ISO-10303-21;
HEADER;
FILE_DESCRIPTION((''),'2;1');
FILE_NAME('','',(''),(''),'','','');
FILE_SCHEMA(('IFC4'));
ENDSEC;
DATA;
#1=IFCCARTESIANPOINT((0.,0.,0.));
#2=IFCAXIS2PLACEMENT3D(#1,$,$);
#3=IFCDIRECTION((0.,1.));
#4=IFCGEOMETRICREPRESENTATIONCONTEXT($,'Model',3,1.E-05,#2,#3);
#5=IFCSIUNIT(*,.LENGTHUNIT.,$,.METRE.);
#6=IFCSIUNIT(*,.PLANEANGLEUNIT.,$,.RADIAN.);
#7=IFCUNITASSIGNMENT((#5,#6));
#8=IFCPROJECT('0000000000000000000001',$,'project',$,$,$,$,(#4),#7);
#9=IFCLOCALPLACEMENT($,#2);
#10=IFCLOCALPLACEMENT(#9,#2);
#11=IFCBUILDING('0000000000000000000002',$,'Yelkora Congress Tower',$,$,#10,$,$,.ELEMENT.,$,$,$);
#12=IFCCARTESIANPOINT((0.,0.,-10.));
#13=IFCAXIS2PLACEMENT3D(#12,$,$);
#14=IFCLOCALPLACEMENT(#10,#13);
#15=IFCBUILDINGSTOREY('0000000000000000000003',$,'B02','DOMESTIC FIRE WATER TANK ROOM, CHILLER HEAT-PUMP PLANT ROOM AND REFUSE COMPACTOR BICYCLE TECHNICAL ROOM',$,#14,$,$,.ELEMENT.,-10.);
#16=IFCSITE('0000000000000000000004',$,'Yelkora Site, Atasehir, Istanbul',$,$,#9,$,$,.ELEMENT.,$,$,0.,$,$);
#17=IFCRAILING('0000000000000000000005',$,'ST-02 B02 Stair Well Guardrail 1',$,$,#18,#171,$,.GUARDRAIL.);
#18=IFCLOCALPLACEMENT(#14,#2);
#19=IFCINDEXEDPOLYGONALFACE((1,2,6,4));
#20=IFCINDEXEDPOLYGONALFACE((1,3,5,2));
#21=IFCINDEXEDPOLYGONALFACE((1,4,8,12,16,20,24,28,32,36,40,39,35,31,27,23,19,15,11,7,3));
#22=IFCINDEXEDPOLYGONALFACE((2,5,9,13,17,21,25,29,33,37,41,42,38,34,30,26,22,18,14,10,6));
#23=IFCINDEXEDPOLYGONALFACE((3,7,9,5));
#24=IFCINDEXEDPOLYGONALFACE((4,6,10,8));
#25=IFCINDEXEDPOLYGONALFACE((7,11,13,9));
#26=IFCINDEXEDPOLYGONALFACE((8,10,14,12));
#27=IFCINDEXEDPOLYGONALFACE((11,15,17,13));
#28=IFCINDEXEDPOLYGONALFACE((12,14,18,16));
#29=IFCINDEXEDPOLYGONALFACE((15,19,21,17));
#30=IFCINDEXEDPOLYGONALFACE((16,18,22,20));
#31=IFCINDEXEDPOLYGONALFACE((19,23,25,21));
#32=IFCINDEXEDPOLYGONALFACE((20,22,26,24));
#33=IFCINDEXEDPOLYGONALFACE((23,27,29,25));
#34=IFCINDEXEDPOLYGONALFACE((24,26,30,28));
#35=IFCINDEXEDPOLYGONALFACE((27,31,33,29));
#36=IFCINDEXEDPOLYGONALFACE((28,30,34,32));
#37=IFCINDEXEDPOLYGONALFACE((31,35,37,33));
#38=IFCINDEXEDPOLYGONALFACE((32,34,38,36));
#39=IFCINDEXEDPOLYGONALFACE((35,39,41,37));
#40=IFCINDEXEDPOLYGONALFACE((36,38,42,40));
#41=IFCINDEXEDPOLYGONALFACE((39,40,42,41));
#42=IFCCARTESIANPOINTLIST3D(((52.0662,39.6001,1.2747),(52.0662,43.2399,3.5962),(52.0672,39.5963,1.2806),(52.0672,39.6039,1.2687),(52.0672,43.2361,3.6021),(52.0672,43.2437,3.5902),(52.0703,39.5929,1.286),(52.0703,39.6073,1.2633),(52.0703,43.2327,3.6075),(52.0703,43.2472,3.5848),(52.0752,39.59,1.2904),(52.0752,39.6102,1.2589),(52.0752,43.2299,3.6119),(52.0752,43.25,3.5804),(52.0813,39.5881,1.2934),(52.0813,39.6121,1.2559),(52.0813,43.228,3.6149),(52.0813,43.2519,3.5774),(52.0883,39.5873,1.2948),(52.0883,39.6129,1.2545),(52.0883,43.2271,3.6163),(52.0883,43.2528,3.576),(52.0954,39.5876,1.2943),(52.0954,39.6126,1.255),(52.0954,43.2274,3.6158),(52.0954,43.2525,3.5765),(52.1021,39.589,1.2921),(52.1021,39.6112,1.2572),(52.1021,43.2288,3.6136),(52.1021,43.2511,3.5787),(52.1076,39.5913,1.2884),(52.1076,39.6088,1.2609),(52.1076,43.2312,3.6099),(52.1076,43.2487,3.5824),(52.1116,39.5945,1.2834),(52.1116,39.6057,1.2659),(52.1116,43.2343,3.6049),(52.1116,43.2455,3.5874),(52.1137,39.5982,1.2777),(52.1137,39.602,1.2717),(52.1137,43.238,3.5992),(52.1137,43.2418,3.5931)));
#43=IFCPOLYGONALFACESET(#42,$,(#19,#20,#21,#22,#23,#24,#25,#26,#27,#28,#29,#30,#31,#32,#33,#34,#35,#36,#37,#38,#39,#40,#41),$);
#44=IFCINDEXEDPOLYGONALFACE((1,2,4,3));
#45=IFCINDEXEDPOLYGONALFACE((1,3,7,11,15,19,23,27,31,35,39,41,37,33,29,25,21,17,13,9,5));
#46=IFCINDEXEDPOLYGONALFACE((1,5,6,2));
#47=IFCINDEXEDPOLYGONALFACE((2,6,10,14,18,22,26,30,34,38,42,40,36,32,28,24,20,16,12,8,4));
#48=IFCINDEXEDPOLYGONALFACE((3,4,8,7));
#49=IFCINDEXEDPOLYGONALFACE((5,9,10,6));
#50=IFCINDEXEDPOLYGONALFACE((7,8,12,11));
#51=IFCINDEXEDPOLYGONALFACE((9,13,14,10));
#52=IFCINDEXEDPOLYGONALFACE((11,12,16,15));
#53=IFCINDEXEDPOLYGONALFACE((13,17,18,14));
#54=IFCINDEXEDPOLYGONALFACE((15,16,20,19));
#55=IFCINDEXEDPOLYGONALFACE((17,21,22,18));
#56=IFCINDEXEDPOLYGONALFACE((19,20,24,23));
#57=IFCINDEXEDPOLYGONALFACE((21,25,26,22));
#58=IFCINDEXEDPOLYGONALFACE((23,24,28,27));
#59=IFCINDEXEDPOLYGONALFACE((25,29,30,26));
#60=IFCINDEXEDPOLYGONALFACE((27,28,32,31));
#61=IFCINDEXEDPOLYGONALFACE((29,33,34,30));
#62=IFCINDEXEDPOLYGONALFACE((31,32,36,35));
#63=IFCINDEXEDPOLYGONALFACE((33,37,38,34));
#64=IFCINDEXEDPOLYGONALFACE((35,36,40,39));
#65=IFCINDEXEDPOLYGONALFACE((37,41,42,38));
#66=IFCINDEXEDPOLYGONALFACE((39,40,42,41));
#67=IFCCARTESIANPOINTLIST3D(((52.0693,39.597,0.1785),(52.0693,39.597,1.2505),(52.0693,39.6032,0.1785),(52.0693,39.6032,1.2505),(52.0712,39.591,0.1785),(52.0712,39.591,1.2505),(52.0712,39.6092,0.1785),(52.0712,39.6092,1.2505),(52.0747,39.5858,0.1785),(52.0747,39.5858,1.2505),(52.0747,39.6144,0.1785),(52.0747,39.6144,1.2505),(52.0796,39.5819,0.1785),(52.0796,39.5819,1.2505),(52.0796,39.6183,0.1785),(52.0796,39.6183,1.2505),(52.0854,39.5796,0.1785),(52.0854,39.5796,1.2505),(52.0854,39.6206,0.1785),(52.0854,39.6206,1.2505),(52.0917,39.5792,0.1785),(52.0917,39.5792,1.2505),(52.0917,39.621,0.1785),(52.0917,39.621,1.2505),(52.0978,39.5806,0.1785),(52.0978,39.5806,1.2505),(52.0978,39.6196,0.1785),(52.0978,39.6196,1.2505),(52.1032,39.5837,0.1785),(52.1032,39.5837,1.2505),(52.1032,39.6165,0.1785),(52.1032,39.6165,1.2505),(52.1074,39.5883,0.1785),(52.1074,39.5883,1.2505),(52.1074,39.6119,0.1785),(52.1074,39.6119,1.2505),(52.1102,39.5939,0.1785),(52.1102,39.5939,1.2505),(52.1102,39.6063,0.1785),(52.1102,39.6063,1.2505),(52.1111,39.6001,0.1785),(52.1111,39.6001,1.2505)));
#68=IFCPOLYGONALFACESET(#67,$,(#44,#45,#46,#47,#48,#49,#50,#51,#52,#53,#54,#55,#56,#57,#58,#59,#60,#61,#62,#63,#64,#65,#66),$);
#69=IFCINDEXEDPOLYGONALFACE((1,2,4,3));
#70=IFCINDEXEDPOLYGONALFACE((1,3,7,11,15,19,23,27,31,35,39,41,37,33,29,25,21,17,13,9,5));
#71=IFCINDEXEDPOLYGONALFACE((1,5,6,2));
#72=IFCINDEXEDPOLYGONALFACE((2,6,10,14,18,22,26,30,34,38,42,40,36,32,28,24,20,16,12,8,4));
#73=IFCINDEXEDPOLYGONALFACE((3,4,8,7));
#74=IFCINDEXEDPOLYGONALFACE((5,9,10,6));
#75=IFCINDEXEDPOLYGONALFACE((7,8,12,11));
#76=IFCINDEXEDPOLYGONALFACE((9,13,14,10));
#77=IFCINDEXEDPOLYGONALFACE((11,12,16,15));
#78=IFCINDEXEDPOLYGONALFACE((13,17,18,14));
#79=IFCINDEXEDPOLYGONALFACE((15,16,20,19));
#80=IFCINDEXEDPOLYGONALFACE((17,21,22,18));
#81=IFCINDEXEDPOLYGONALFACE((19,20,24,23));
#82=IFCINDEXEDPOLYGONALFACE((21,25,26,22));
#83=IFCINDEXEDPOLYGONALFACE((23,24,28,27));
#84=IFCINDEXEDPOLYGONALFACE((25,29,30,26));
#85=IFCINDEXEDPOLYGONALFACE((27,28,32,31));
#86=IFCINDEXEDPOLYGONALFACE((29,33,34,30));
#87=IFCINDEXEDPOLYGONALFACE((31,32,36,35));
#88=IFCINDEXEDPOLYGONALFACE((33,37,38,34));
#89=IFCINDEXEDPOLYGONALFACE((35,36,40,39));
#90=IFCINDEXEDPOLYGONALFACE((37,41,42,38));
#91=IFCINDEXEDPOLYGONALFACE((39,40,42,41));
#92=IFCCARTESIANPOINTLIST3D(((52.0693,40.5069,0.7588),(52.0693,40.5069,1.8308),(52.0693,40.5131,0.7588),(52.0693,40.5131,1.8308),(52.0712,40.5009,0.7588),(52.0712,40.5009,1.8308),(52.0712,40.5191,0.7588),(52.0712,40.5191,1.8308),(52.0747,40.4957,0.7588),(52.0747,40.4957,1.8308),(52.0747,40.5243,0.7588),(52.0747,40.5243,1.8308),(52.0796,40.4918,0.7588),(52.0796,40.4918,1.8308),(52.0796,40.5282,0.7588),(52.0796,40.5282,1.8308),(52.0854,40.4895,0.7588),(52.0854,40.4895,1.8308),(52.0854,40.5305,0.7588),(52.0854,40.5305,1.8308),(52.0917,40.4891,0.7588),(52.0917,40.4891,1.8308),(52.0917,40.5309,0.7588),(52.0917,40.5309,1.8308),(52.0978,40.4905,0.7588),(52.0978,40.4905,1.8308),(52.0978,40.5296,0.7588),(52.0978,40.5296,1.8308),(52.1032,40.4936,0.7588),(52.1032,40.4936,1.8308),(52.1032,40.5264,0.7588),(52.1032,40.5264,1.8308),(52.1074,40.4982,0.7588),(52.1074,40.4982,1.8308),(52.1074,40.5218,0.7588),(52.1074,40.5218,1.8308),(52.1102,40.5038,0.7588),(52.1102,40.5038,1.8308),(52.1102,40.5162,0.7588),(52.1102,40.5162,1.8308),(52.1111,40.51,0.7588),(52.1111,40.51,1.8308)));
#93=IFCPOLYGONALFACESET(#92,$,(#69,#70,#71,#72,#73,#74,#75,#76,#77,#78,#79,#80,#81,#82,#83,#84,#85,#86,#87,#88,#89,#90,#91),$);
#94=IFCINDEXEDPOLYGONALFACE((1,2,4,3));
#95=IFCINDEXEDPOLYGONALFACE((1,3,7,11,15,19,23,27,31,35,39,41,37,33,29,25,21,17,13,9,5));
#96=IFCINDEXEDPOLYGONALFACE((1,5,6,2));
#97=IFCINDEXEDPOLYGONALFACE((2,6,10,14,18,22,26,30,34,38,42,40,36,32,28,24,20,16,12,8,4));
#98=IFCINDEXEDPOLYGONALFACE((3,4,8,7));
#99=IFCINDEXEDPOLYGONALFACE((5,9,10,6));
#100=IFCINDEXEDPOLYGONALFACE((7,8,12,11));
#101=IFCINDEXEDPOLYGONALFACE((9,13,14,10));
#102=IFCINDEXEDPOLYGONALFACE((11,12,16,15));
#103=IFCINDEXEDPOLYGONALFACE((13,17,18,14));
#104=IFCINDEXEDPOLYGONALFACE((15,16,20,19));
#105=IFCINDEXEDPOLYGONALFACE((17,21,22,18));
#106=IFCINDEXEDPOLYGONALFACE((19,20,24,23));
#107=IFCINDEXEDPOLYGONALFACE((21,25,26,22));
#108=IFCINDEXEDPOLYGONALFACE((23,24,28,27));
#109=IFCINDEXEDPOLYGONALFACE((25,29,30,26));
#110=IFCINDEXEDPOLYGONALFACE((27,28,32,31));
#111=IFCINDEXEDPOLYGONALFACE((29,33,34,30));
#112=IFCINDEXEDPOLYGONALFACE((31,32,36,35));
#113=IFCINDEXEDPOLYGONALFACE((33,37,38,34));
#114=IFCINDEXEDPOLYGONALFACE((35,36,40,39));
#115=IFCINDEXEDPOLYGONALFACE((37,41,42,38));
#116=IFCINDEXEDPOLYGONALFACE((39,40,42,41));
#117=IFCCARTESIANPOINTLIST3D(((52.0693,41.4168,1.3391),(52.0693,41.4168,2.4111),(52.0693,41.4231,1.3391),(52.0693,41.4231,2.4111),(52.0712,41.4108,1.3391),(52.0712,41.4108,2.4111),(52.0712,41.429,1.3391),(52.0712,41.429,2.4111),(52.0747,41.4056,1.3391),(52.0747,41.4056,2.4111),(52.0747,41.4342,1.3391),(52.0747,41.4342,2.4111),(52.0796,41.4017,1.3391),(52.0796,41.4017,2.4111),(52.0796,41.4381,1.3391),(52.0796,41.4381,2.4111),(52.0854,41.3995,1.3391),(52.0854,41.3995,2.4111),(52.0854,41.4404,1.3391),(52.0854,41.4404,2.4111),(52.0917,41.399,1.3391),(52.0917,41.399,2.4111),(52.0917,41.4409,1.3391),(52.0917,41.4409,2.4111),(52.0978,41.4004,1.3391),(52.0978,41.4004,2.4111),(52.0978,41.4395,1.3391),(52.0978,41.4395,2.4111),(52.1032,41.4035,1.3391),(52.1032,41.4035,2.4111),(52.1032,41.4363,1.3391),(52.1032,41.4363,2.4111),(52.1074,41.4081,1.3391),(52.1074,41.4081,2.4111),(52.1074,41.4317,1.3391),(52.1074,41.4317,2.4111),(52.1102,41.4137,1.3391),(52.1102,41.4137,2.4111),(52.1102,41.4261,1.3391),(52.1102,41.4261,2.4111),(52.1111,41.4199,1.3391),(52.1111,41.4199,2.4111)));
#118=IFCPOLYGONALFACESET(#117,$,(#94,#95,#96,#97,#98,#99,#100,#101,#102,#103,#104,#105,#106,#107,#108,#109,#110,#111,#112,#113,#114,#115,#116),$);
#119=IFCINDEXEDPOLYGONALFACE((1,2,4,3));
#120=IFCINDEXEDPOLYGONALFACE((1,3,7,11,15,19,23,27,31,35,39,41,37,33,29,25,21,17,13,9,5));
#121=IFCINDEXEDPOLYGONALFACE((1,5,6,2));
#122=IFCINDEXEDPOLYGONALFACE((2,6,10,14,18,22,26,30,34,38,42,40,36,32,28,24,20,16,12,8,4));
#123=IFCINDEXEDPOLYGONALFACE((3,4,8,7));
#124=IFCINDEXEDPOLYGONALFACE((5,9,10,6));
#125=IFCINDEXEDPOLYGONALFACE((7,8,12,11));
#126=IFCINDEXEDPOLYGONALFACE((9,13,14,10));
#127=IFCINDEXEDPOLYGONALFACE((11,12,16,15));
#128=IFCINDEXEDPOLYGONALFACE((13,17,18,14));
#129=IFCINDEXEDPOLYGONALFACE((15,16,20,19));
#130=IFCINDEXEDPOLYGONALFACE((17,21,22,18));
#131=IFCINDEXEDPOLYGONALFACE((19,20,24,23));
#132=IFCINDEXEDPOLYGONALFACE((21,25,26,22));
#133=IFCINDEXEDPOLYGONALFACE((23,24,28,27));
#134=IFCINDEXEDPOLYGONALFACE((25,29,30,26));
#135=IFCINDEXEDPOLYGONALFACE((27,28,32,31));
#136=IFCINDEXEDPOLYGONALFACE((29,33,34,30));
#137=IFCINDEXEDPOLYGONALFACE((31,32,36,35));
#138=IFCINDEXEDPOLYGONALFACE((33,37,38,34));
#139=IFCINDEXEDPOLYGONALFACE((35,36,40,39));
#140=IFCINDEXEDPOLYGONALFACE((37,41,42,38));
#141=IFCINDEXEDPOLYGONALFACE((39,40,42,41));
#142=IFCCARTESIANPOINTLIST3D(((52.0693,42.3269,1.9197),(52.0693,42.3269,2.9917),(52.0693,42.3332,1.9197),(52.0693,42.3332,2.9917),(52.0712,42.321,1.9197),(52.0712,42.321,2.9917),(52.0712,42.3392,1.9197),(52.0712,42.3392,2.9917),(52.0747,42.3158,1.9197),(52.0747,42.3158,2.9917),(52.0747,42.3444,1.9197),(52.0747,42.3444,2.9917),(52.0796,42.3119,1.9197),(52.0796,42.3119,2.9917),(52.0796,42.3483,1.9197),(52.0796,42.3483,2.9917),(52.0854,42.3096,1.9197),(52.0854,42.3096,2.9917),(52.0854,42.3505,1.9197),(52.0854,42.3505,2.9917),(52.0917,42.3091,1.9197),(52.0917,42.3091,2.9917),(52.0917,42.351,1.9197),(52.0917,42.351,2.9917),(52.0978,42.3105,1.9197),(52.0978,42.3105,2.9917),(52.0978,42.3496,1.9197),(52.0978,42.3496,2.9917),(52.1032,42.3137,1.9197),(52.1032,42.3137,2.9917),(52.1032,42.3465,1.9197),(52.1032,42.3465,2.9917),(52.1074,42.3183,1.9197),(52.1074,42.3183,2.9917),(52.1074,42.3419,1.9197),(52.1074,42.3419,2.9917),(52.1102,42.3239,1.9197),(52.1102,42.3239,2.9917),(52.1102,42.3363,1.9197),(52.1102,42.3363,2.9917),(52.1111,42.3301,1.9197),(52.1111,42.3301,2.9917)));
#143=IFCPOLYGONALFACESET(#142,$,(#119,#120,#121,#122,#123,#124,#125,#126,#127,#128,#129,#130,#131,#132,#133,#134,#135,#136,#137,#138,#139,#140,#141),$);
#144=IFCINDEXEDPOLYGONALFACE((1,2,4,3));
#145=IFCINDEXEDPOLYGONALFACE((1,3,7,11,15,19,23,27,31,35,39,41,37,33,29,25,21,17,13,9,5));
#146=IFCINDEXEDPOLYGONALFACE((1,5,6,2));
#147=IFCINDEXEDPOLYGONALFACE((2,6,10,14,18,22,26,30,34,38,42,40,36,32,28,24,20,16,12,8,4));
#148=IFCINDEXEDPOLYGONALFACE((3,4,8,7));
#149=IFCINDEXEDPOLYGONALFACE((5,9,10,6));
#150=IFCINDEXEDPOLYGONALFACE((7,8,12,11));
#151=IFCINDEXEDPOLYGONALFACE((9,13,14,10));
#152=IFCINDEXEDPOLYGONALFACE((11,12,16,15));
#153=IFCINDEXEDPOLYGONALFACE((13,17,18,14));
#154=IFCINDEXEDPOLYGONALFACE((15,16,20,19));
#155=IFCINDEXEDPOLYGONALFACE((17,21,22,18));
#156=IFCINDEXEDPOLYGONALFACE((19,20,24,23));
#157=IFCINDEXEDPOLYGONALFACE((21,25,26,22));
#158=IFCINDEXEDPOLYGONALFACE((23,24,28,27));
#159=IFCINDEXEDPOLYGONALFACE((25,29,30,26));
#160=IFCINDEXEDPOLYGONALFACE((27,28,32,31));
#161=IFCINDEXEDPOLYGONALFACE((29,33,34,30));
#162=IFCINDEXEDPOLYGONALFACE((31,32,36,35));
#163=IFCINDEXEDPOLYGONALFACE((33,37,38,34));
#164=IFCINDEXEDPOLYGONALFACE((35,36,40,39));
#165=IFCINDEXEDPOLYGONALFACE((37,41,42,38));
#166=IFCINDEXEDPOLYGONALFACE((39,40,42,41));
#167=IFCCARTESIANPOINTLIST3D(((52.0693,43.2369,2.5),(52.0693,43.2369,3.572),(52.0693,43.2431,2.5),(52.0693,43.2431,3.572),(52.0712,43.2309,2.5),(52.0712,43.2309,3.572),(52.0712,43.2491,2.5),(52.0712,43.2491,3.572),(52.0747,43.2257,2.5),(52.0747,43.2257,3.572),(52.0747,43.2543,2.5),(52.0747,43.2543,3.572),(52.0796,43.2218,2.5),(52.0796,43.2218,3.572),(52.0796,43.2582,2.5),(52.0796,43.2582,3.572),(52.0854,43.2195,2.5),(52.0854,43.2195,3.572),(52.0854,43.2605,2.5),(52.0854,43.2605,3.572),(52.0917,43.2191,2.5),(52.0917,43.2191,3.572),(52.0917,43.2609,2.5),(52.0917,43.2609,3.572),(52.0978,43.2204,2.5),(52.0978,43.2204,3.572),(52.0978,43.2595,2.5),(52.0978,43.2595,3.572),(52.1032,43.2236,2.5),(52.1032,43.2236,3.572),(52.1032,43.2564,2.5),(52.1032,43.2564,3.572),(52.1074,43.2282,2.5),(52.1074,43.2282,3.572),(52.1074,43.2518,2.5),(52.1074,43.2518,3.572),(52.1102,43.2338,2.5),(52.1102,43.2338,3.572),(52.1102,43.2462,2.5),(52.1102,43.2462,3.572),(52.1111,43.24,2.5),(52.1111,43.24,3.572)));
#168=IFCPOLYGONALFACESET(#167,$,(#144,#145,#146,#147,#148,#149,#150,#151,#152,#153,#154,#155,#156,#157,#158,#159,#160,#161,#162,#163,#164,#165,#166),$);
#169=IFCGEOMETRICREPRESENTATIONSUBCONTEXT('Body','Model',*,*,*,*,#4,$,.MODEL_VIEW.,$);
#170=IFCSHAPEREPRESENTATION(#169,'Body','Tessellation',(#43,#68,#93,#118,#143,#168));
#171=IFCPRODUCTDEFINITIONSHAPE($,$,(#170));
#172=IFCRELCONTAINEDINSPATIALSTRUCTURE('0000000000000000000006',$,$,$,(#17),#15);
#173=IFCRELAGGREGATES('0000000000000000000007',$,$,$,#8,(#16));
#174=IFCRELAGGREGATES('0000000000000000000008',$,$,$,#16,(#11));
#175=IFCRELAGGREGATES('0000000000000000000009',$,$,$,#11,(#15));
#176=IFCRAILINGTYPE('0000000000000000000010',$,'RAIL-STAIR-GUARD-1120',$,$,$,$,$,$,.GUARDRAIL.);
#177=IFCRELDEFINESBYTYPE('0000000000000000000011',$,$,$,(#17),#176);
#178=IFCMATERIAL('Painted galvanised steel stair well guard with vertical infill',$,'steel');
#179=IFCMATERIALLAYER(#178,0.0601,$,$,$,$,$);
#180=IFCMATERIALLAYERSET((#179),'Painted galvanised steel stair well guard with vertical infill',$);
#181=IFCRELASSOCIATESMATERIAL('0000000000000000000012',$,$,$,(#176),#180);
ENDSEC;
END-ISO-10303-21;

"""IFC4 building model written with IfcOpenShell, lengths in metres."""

from ifc_helpers import new_model, si_unit, direction, frame, origin, origin_2d, place, context, subcontext, project, spatial, circle, extrude, material, layer, layer_set, type_object, element, save


model = new_model("IFC4")

# Units and contexts
model_context = context("Model", 3, precision=1e-05, world=origin(), true_north=direction((0.0, 1.0)))
body_context = subcontext(model_context, "Body", "Model", "MODEL_VIEW")
ifc_project = project(units=[si_unit("LENGTHUNIT", "METRE"), si_unit("PLANEANGLEUNIT", "RADIAN")], contexts=[model_context])

# Site, building, storey
site_placement = place(None, origin())
site = spatial("IfcSite", under=ifc_project, at=site_placement, Name="Yelkora Site, Atasehir, Istanbul", CompositionType="ELEMENT", RefElevation=0.0)
building_placement = place(site_placement, origin())
building = spatial("IfcBuilding", under=site, at=building_placement, Name="Yelkora Congress Tower", CompositionType="ELEMENT")
storey_placement = place(building_placement, frame((0.0, 0.0, -10.0)))
storey = spatial("IfcBuildingStorey", under=building, at=storey_placement, Name="B02", Description="DOMESTIC FIRE WATER TANK ROOM, CHILLER HEAT-PUMP PLANT ROOM AND REFUSE COMPACTOR BICYCLE TECHNICAL ROOM", CompositionType="ELEMENT", Elevation=-10.0)

# Railing
ifc_material_1 = material(Name="Painted galvanised steel stair well guard with vertical infill", Category="steel")
ifc_layer_1 = layer(ifc_material_1, 0.0601)
ifc_layer_set_1 = layer_set([ifc_layer_1], Name="Painted galvanised steel stair well guard with vertical infill")
railing_type_1 = type_object("IfcRailingType", Name="RAIL-STAIR-GUARD-1120", PredefinedType="GUARDRAIL", material=ifc_layer_set_1)
railing_1_placement = place(storey_placement, frame((52.0901, 39.6001, 0.1785)))
element("IfcRailing", 1, at=railing_1_placement, inside=storey, type_object=railing_type_1, Name="ST-02 B02 Stair Well Guardrail 1", PredefinedType="GUARDRAIL", context=body_context, shape_type="SweptSolid", body=[
    extrude(circle(Radius=0.0239, at=origin_2d()), frame((0.0, 0.0, 1.0962), z_axis=(0.0, 0.843112, 0.537739), x_axis=(-1.0, 0.0, 0.0)), (0.0, 0.0, 1.0), 4.3171),
    extrude(circle(Radius=0.021, at=origin_2d()), origin(), (0.0, 0.0, 1.0), 1.072),
    extrude(circle(Radius=0.021, at=origin_2d()), frame((0.0, 0.9099, 0.5803)), (0.0, 0.0, 1.0), 1.072),
    extrude(circle(Radius=0.021, at=origin_2d()), frame((0.0, 1.8198, 1.1606)), (0.0, 0.0, 1.0), 1.072),
    extrude(circle(Radius=0.021, at=origin_2d()), frame((0.0, 2.73, 1.7412)), (0.0, 0.0, 1.0), 1.072),
    extrude(circle(Radius=0.021, at=origin_2d()), frame((0.0, 3.6399, 2.3215)), (0.0, 0.0, 1.0), 1.072),
])

save(model, "model.ifc")
